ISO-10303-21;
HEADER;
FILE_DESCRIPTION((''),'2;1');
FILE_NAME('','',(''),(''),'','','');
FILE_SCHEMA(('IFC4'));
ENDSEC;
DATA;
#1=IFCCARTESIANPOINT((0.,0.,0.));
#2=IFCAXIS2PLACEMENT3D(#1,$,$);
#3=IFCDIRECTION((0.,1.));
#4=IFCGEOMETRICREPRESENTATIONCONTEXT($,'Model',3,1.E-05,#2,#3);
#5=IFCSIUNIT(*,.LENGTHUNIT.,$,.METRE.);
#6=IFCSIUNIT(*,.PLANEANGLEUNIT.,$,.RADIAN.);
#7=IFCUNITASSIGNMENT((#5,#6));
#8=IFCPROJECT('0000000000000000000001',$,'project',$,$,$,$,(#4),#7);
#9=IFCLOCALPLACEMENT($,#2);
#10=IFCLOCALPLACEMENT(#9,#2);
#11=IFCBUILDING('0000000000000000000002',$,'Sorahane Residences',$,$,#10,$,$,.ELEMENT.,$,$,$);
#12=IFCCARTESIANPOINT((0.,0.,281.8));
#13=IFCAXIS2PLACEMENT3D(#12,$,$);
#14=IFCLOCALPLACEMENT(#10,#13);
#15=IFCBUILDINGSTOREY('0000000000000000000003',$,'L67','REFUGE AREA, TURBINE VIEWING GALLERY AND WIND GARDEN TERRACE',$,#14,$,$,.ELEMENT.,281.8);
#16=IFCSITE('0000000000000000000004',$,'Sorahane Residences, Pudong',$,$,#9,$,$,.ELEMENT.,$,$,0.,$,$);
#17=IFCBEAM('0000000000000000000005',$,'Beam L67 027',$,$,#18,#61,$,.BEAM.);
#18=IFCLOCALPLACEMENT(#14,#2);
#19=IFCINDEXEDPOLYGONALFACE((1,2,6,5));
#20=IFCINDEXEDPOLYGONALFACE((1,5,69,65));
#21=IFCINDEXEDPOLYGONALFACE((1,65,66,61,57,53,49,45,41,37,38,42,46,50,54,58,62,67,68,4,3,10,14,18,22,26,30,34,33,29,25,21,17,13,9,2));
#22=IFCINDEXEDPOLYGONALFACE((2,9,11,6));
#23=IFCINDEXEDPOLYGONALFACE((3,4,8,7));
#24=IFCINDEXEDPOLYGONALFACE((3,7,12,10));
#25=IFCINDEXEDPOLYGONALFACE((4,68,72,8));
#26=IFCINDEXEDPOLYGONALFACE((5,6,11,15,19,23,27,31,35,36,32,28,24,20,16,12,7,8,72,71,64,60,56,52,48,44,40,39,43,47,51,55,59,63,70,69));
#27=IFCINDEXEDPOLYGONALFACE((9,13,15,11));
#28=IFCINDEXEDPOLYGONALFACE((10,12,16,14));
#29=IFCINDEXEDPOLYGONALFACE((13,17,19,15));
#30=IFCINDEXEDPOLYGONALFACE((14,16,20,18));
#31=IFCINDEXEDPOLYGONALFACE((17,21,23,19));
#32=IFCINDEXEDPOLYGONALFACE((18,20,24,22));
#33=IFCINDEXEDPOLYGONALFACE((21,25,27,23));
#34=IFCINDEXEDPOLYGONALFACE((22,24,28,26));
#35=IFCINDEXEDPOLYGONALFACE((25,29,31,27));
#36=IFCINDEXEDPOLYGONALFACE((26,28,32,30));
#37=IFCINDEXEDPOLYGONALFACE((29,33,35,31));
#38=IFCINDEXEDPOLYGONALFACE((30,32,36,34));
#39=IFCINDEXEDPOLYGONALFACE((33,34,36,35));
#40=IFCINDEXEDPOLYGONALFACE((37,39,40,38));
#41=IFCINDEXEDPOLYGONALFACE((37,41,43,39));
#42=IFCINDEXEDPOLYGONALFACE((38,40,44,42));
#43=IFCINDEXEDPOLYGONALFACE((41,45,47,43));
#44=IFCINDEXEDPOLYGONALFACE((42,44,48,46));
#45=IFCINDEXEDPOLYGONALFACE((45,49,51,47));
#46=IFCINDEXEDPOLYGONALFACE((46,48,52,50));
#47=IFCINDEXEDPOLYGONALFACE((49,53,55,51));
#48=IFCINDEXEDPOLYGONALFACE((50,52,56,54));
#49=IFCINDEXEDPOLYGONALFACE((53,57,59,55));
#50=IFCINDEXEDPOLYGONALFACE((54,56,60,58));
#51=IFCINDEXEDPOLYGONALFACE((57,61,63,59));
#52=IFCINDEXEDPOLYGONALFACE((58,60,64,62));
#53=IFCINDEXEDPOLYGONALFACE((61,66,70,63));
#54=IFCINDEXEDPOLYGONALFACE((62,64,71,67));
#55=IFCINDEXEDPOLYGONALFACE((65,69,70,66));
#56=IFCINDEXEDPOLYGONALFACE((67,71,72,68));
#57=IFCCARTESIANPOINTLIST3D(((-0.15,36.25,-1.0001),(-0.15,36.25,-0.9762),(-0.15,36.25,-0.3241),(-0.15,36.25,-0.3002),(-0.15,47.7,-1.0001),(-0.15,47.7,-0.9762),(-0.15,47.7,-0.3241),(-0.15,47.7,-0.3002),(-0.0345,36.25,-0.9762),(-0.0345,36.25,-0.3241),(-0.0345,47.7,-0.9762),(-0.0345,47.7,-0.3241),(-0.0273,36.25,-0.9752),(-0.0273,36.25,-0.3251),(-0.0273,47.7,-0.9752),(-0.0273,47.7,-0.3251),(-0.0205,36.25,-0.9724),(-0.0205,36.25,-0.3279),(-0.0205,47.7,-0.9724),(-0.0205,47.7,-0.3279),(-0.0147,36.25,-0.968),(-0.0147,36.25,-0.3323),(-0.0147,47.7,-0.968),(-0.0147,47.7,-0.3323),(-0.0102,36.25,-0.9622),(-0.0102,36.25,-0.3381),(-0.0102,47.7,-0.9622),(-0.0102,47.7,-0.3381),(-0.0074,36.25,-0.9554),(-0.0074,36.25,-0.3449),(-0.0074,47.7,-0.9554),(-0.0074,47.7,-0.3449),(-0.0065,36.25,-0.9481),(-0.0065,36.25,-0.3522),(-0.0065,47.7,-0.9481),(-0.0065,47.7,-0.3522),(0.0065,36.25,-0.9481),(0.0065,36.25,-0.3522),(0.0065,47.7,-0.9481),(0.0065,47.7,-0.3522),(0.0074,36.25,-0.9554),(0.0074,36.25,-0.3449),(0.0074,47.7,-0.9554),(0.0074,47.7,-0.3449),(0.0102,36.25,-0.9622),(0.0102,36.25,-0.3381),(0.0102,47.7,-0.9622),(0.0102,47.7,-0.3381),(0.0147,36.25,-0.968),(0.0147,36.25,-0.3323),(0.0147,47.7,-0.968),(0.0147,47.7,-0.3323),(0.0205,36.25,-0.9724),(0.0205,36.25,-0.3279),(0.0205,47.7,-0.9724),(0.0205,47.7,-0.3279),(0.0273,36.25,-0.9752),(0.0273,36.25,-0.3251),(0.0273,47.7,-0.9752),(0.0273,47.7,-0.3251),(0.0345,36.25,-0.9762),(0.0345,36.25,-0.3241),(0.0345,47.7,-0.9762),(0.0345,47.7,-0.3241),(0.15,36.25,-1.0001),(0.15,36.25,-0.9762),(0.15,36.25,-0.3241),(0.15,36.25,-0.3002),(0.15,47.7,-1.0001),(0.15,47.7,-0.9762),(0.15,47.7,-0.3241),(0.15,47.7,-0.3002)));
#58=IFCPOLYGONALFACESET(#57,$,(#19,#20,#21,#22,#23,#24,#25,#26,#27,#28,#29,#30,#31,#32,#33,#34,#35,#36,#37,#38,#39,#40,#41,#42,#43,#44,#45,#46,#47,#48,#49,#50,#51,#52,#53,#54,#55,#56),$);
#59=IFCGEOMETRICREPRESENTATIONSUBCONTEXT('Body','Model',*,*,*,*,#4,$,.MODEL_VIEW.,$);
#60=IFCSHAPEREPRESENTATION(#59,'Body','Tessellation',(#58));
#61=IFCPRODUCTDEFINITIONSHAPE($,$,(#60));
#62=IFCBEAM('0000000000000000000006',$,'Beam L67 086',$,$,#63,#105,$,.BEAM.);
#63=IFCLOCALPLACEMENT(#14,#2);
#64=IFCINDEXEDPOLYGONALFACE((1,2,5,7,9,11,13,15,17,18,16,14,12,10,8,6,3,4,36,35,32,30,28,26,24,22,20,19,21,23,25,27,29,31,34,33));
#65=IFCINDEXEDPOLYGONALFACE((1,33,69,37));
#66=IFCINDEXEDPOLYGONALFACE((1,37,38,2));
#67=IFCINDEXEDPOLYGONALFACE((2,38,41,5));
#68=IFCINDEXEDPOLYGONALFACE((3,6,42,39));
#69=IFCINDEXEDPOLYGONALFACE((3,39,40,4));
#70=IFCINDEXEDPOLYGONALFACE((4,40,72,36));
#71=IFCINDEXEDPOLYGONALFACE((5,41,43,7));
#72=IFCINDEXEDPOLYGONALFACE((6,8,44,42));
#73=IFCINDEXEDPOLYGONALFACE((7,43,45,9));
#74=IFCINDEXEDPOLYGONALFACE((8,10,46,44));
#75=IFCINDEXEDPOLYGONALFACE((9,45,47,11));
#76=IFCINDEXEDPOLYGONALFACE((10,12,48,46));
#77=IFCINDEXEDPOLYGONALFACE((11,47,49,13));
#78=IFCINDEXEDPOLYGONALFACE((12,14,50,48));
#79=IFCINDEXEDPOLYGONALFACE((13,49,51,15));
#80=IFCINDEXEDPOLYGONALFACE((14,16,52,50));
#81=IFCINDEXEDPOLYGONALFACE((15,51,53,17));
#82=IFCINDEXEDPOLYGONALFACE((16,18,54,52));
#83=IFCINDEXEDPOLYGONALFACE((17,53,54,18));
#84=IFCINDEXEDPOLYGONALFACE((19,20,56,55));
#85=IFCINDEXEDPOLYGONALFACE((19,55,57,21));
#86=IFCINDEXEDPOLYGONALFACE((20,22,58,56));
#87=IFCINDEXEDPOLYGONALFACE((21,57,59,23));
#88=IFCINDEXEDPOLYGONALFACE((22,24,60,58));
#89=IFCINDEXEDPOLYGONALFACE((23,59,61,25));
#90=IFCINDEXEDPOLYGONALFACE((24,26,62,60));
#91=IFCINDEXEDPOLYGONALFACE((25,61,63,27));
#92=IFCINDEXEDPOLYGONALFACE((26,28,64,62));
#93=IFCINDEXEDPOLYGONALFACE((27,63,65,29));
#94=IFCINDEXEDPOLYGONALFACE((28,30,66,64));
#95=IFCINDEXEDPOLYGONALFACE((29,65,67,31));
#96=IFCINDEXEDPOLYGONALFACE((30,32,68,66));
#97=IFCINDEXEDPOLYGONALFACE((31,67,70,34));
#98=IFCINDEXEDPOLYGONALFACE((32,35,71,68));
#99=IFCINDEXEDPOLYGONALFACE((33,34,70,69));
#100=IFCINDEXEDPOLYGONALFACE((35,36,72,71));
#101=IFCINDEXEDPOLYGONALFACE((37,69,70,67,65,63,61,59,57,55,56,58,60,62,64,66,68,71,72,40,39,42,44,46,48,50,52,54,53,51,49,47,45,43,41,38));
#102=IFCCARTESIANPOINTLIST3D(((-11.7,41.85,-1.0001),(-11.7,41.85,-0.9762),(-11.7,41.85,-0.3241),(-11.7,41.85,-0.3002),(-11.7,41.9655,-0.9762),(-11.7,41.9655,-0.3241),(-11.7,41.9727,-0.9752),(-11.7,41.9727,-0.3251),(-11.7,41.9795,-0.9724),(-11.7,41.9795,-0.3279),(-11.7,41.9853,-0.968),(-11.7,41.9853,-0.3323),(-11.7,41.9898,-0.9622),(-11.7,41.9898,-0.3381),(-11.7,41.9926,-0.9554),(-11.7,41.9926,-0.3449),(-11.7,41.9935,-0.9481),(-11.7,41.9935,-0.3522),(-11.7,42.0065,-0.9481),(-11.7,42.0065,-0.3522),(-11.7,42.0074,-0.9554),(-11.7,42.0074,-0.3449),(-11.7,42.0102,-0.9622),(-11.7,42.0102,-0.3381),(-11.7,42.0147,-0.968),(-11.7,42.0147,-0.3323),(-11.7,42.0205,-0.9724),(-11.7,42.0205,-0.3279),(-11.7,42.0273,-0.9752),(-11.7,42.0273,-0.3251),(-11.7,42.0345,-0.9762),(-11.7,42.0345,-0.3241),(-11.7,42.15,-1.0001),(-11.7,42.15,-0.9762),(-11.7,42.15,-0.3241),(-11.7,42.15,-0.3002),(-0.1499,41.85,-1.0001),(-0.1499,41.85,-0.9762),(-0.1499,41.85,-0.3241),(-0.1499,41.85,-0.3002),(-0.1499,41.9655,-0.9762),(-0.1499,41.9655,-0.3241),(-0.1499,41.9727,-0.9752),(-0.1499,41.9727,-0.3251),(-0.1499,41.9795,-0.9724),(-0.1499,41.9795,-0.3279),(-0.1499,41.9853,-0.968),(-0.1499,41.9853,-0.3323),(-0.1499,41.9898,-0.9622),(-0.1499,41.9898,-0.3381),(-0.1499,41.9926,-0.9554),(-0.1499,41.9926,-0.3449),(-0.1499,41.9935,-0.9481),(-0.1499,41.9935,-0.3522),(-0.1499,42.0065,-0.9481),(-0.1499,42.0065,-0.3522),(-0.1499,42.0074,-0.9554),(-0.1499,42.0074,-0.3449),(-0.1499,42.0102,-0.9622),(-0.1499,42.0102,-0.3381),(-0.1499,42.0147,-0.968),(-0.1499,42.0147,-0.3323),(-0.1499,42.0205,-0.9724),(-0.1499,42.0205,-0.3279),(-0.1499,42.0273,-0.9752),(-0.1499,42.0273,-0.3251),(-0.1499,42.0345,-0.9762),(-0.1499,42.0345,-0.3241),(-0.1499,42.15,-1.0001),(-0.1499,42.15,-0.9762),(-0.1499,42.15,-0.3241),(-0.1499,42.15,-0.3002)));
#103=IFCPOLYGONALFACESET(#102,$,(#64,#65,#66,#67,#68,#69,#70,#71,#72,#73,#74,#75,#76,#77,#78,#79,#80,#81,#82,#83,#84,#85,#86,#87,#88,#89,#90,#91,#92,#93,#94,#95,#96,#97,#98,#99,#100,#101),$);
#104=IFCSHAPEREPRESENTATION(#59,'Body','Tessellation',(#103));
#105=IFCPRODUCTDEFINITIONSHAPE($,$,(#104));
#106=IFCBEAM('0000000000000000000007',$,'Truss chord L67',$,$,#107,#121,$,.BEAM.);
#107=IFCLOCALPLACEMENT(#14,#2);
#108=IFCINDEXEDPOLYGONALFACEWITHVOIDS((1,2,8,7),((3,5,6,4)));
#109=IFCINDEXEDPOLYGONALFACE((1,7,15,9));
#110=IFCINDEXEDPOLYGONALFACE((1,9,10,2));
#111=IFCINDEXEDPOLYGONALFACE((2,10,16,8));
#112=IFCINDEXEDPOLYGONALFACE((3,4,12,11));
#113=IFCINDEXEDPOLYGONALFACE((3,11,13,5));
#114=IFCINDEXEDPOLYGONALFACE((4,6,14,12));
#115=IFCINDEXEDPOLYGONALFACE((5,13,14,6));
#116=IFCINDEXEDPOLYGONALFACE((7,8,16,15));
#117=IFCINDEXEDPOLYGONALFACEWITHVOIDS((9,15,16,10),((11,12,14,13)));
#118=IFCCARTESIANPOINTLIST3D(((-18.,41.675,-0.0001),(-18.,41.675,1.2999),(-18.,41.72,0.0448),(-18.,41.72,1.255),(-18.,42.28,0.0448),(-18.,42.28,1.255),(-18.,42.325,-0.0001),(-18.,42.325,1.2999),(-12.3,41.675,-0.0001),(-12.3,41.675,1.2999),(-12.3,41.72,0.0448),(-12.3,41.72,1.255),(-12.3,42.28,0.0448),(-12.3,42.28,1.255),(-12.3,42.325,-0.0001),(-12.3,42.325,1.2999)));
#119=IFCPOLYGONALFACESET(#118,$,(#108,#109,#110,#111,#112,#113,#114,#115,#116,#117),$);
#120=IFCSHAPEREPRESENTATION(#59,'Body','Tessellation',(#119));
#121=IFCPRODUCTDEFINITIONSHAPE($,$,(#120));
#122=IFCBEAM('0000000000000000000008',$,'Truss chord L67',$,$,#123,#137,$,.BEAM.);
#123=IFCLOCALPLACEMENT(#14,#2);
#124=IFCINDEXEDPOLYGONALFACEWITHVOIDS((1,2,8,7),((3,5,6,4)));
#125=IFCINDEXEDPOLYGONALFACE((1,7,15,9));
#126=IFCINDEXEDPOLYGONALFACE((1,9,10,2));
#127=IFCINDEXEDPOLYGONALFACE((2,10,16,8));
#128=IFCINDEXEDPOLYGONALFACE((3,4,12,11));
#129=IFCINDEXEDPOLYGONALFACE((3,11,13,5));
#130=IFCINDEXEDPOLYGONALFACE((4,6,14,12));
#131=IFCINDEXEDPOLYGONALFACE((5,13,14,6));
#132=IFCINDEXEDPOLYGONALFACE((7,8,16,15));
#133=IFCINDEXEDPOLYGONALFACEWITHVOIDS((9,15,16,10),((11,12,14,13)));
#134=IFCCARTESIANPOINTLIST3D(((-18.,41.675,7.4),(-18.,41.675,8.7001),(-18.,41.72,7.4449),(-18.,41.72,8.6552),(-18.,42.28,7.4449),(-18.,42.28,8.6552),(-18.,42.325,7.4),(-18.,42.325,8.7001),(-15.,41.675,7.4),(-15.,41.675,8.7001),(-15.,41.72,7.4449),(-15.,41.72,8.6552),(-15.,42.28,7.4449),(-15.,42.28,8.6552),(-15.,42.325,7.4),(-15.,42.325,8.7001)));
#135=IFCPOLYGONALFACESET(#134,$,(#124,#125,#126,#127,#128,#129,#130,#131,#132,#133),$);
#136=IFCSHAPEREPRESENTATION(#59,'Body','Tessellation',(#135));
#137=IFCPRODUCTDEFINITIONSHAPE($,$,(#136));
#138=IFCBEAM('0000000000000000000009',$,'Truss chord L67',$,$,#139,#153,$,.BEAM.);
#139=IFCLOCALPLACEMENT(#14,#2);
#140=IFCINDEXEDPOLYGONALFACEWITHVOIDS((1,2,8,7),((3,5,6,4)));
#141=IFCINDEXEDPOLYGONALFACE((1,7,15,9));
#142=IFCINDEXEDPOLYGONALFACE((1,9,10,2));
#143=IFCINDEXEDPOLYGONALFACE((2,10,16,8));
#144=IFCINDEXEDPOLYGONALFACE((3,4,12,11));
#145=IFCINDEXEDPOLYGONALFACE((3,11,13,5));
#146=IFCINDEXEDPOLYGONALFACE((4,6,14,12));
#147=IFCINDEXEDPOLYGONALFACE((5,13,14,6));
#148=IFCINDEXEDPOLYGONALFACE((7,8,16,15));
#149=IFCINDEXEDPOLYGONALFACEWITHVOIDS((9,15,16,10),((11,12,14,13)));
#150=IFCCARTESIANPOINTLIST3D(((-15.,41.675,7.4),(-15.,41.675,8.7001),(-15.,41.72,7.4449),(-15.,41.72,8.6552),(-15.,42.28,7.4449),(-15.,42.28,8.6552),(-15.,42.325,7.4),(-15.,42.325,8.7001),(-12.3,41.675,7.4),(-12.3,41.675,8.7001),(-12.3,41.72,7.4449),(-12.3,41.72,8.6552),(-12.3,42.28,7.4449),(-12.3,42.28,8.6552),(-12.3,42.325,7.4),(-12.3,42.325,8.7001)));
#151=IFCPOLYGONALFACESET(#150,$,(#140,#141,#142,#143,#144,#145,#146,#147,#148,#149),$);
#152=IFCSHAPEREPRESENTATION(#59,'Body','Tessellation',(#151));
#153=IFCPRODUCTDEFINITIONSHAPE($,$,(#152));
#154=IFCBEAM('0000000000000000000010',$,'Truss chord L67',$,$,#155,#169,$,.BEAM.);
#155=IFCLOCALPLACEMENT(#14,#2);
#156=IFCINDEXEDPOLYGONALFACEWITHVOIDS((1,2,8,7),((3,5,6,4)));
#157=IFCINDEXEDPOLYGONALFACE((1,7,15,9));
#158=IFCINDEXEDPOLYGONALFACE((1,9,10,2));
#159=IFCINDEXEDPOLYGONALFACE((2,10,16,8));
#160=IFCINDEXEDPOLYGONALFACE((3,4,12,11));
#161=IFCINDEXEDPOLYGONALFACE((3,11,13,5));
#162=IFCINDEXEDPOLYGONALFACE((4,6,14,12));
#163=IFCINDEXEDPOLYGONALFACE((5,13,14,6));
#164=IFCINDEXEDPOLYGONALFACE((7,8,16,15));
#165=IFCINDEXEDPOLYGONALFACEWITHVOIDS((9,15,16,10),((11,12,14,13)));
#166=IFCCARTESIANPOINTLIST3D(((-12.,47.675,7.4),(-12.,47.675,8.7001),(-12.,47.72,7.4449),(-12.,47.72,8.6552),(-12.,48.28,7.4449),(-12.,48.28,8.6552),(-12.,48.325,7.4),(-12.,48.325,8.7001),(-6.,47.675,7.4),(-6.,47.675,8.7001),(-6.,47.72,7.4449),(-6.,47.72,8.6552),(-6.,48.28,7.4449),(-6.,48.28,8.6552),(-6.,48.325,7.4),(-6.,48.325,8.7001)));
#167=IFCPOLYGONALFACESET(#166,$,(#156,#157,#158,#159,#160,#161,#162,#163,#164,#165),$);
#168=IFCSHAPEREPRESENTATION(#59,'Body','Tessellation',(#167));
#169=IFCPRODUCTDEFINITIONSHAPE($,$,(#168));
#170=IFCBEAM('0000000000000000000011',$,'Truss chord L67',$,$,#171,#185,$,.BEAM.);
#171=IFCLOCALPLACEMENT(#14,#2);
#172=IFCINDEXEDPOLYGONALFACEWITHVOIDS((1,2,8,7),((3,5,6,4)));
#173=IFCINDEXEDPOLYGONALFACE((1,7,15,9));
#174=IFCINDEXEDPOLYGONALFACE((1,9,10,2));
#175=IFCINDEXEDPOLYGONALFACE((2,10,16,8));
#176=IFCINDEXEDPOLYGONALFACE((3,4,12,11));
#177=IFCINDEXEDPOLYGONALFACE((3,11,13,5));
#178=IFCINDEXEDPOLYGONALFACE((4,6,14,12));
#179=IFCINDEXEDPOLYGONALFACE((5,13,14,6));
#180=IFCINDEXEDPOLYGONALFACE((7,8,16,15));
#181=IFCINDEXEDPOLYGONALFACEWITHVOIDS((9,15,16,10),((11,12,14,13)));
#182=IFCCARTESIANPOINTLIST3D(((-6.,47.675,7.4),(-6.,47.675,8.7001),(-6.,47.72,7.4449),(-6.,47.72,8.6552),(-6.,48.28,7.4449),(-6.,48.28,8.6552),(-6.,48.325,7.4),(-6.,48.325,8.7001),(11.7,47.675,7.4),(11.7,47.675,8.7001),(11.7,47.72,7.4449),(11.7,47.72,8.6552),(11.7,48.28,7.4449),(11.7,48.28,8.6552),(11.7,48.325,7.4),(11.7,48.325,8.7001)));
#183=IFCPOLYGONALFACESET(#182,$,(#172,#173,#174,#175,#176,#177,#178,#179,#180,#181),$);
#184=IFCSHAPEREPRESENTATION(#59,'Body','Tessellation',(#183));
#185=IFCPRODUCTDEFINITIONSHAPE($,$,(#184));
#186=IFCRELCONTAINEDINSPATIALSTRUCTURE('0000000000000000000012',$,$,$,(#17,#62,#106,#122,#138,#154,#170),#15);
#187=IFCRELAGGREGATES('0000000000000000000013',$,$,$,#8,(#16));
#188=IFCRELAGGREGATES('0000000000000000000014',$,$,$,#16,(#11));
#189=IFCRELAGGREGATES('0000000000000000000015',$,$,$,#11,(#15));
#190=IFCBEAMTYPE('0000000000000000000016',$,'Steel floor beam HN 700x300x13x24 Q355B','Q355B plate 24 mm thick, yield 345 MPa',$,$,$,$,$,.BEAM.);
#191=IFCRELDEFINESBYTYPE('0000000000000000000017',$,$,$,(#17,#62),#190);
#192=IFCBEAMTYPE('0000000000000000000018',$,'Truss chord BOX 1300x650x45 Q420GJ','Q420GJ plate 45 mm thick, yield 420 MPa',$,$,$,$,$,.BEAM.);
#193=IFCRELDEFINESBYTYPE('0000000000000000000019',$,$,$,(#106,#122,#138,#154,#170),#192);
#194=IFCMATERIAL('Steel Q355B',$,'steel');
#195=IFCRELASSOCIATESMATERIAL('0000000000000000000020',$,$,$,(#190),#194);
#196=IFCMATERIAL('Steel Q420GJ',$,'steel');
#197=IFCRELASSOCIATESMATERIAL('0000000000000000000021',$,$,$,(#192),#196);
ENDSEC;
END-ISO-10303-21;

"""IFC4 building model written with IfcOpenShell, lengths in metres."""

from ifc_helpers import new_model, si_unit, direction, frame, origin, origin_2d, place, context, subcontext, project, spatial, hollow_rectangle, i_section, extrude, material, material_profile, profile_set, type_object, element, save


model = new_model("IFC4")

# Units and contexts
model_context = context("Model", 3, precision=1e-05, world=origin(), true_north=direction((0.0, 1.0)))
body_context = subcontext(model_context, "Body", "Model", "MODEL_VIEW")
ifc_project = project(units=[si_unit("LENGTHUNIT", "METRE"), si_unit("PLANEANGLEUNIT", "RADIAN")], contexts=[model_context])

# Site, building, storey
site_placement = place(None, origin())
site = spatial("IfcSite", under=ifc_project, at=site_placement, Name="Sorahane Residences, Pudong", CompositionType="ELEMENT", RefElevation=0.0)
building_placement = place(site_placement, origin())
building = spatial("IfcBuilding", under=site, at=building_placement, Name="Sorahane Residences", CompositionType="ELEMENT")
storey_placement = place(building_placement, frame((0.0, 0.0, 281.8)))
storey = spatial("IfcBuildingStorey", under=building, at=storey_placement, Name="L67", Description="REFUGE AREA, TURBINE VIEWING GALLERY AND WIND GARDEN TERRACE", CompositionType="ELEMENT", Elevation=281.8)

# Beams
ifc_material_1 = material(Name="Steel Q355B", Category="steel")
ifc_material_profile_1 = material_profile(ifc_material_1, i_section(OverallWidth=0.3, OverallDepth=0.7, WebThickness=0.0129, FlangeThickness=0.0239, FilletRadius=0.0281, at=origin_2d()), Name="HN 700x300x13x24")
ifc_profile_set_1 = profile_set([ifc_material_profile_1], Name="Steel Q355B")
beam_type_1 = type_object("IfcBeamType", Name="Steel floor beam HN 700x300x13x24 Q355B", Description="Q355B plate 24 mm thick, yield 345 MPa", PredefinedType="BEAM", material=ifc_profile_set_1)
beam_1_placement = place(storey_placement, frame((0.0, 36.25, -0.6501), z_axis=(0.0, 1.0, 0.0), x_axis=(-1.0, 0.0, 0.0)))
element("IfcBeam", 1, at=beam_1_placement, inside=storey, type_object=beam_type_1, Name="Beam L67 027", PredefinedType="BEAM", context=body_context, shape_type="SweptSolid", body=[
    extrude(i_section(OverallWidth=0.3, OverallDepth=0.7, WebThickness=0.0129, FlangeThickness=0.0239, FilletRadius=0.0281, at=origin_2d()), origin(), (0.0, 0.0, 1.0), 11.45),
])
beam_2_placement = place(storey_placement, frame((-11.7, 42.0, -0.6501), z_axis=(1.0, 0.0, 0.0), x_axis=(0.0, 1.0, 0.0)))
element("IfcBeam", 2, at=beam_2_placement, inside=storey, type_object=beam_type_1, Name="Beam L67 086", PredefinedType="BEAM", context=body_context, shape_type="SweptSolid", body=[
    extrude(i_section(OverallWidth=0.3, OverallDepth=0.7, WebThickness=0.0129, FlangeThickness=0.0239, FilletRadius=0.0281, at=origin_2d()), origin(), (0.0, 0.0, 1.0), 11.55),
])
ifc_material_2 = material(Name="Steel Q420GJ", Category="steel")
ifc_material_profile_2 = material_profile(ifc_material_2, hollow_rectangle(XDim=0.6499, YDim=1.3, WallThickness=0.0449, at=origin_2d()), Name="BOX 1300x650x45")
ifc_profile_set_2 = profile_set([ifc_material_profile_2], Name="Steel Q420GJ")
beam_type_2 = type_object("IfcBeamType", Name="Truss chord BOX 1300x650x45 Q420GJ", Description="Q420GJ plate 45 mm thick, yield 420 MPa", PredefinedType="BEAM", material=ifc_profile_set_2)
beam_3_placement = place(storey_placement, frame((-18.0, 42.0, 0.6499), z_axis=(1.0, 0.0, 0.0), x_axis=(0.0, 1.0, 0.0)))
element("IfcBeam", 3, at=beam_3_placement, inside=storey, type_object=beam_type_2, Name="Truss chord L67", PredefinedType="BEAM", context=body_context, shape_type="SweptSolid", body=[
    extrude(hollow_rectangle(XDim=0.6499, YDim=1.3, WallThickness=0.0449, at=origin_2d()), origin(), (0.0, 0.0, 1.0), 5.7),
])
beam_4_placement = place(storey_placement, frame((-18.0, 42.0, 8.05), z_axis=(1.0, 0.0, 0.0), x_axis=(0.0, 1.0, 0.0)))
element("IfcBeam", 4, at=beam_4_placement, inside=storey, type_object=beam_type_2, Name="Truss chord L67", PredefinedType="BEAM", context=body_context, shape_type="SweptSolid", body=[
    extrude(hollow_rectangle(XDim=0.6499, YDim=1.3, WallThickness=0.0449, at=origin_2d()), origin(), (0.0, 0.0, 1.0), 3.0),
])
beam_5_placement = place(storey_placement, frame((-15.0, 42.0, 8.05), z_axis=(1.0, 0.0, 0.0), x_axis=(0.0, 1.0, 0.0)))
element("IfcBeam", 5, at=beam_5_placement, inside=storey, type_object=beam_type_2, Name="Truss chord L67", PredefinedType="BEAM", context=body_context, shape_type="SweptSolid", body=[
    extrude(hollow_rectangle(XDim=0.6499, YDim=1.3, WallThickness=0.0449, at=origin_2d()), origin(), (0.0, 0.0, 1.0), 2.7),
])
beam_6_placement = place(storey_placement, frame((-12.0, 48.0, 8.05), z_axis=(1.0, 0.0, 0.0), x_axis=(0.0, 1.0, 0.0)))
element("IfcBeam", 6, at=beam_6_placement, inside=storey, type_object=beam_type_2, Name="Truss chord L67", PredefinedType="BEAM", context=body_context, shape_type="SweptSolid", body=[
    extrude(hollow_rectangle(XDim=0.6499, YDim=1.3, WallThickness=0.0449, at=origin_2d()), origin(), (0.0, 0.0, 1.0), 6.0),
])
beam_7_placement = place(storey_placement, frame((-6.0, 48.0, 8.05), z_axis=(1.0, 0.0, 0.0), x_axis=(0.0, 1.0, 0.0)))
element("IfcBeam", 7, at=beam_7_placement, inside=storey, type_object=beam_type_2, Name="Truss chord L67", PredefinedType="BEAM", context=body_context, shape_type="SweptSolid", body=[
    extrude(hollow_rectangle(XDim=0.6499, YDim=1.3, WallThickness=0.0449, at=origin_2d()), origin(), (0.0, 0.0, 1.0), 17.7),
])

save(model, "model.ifc")
